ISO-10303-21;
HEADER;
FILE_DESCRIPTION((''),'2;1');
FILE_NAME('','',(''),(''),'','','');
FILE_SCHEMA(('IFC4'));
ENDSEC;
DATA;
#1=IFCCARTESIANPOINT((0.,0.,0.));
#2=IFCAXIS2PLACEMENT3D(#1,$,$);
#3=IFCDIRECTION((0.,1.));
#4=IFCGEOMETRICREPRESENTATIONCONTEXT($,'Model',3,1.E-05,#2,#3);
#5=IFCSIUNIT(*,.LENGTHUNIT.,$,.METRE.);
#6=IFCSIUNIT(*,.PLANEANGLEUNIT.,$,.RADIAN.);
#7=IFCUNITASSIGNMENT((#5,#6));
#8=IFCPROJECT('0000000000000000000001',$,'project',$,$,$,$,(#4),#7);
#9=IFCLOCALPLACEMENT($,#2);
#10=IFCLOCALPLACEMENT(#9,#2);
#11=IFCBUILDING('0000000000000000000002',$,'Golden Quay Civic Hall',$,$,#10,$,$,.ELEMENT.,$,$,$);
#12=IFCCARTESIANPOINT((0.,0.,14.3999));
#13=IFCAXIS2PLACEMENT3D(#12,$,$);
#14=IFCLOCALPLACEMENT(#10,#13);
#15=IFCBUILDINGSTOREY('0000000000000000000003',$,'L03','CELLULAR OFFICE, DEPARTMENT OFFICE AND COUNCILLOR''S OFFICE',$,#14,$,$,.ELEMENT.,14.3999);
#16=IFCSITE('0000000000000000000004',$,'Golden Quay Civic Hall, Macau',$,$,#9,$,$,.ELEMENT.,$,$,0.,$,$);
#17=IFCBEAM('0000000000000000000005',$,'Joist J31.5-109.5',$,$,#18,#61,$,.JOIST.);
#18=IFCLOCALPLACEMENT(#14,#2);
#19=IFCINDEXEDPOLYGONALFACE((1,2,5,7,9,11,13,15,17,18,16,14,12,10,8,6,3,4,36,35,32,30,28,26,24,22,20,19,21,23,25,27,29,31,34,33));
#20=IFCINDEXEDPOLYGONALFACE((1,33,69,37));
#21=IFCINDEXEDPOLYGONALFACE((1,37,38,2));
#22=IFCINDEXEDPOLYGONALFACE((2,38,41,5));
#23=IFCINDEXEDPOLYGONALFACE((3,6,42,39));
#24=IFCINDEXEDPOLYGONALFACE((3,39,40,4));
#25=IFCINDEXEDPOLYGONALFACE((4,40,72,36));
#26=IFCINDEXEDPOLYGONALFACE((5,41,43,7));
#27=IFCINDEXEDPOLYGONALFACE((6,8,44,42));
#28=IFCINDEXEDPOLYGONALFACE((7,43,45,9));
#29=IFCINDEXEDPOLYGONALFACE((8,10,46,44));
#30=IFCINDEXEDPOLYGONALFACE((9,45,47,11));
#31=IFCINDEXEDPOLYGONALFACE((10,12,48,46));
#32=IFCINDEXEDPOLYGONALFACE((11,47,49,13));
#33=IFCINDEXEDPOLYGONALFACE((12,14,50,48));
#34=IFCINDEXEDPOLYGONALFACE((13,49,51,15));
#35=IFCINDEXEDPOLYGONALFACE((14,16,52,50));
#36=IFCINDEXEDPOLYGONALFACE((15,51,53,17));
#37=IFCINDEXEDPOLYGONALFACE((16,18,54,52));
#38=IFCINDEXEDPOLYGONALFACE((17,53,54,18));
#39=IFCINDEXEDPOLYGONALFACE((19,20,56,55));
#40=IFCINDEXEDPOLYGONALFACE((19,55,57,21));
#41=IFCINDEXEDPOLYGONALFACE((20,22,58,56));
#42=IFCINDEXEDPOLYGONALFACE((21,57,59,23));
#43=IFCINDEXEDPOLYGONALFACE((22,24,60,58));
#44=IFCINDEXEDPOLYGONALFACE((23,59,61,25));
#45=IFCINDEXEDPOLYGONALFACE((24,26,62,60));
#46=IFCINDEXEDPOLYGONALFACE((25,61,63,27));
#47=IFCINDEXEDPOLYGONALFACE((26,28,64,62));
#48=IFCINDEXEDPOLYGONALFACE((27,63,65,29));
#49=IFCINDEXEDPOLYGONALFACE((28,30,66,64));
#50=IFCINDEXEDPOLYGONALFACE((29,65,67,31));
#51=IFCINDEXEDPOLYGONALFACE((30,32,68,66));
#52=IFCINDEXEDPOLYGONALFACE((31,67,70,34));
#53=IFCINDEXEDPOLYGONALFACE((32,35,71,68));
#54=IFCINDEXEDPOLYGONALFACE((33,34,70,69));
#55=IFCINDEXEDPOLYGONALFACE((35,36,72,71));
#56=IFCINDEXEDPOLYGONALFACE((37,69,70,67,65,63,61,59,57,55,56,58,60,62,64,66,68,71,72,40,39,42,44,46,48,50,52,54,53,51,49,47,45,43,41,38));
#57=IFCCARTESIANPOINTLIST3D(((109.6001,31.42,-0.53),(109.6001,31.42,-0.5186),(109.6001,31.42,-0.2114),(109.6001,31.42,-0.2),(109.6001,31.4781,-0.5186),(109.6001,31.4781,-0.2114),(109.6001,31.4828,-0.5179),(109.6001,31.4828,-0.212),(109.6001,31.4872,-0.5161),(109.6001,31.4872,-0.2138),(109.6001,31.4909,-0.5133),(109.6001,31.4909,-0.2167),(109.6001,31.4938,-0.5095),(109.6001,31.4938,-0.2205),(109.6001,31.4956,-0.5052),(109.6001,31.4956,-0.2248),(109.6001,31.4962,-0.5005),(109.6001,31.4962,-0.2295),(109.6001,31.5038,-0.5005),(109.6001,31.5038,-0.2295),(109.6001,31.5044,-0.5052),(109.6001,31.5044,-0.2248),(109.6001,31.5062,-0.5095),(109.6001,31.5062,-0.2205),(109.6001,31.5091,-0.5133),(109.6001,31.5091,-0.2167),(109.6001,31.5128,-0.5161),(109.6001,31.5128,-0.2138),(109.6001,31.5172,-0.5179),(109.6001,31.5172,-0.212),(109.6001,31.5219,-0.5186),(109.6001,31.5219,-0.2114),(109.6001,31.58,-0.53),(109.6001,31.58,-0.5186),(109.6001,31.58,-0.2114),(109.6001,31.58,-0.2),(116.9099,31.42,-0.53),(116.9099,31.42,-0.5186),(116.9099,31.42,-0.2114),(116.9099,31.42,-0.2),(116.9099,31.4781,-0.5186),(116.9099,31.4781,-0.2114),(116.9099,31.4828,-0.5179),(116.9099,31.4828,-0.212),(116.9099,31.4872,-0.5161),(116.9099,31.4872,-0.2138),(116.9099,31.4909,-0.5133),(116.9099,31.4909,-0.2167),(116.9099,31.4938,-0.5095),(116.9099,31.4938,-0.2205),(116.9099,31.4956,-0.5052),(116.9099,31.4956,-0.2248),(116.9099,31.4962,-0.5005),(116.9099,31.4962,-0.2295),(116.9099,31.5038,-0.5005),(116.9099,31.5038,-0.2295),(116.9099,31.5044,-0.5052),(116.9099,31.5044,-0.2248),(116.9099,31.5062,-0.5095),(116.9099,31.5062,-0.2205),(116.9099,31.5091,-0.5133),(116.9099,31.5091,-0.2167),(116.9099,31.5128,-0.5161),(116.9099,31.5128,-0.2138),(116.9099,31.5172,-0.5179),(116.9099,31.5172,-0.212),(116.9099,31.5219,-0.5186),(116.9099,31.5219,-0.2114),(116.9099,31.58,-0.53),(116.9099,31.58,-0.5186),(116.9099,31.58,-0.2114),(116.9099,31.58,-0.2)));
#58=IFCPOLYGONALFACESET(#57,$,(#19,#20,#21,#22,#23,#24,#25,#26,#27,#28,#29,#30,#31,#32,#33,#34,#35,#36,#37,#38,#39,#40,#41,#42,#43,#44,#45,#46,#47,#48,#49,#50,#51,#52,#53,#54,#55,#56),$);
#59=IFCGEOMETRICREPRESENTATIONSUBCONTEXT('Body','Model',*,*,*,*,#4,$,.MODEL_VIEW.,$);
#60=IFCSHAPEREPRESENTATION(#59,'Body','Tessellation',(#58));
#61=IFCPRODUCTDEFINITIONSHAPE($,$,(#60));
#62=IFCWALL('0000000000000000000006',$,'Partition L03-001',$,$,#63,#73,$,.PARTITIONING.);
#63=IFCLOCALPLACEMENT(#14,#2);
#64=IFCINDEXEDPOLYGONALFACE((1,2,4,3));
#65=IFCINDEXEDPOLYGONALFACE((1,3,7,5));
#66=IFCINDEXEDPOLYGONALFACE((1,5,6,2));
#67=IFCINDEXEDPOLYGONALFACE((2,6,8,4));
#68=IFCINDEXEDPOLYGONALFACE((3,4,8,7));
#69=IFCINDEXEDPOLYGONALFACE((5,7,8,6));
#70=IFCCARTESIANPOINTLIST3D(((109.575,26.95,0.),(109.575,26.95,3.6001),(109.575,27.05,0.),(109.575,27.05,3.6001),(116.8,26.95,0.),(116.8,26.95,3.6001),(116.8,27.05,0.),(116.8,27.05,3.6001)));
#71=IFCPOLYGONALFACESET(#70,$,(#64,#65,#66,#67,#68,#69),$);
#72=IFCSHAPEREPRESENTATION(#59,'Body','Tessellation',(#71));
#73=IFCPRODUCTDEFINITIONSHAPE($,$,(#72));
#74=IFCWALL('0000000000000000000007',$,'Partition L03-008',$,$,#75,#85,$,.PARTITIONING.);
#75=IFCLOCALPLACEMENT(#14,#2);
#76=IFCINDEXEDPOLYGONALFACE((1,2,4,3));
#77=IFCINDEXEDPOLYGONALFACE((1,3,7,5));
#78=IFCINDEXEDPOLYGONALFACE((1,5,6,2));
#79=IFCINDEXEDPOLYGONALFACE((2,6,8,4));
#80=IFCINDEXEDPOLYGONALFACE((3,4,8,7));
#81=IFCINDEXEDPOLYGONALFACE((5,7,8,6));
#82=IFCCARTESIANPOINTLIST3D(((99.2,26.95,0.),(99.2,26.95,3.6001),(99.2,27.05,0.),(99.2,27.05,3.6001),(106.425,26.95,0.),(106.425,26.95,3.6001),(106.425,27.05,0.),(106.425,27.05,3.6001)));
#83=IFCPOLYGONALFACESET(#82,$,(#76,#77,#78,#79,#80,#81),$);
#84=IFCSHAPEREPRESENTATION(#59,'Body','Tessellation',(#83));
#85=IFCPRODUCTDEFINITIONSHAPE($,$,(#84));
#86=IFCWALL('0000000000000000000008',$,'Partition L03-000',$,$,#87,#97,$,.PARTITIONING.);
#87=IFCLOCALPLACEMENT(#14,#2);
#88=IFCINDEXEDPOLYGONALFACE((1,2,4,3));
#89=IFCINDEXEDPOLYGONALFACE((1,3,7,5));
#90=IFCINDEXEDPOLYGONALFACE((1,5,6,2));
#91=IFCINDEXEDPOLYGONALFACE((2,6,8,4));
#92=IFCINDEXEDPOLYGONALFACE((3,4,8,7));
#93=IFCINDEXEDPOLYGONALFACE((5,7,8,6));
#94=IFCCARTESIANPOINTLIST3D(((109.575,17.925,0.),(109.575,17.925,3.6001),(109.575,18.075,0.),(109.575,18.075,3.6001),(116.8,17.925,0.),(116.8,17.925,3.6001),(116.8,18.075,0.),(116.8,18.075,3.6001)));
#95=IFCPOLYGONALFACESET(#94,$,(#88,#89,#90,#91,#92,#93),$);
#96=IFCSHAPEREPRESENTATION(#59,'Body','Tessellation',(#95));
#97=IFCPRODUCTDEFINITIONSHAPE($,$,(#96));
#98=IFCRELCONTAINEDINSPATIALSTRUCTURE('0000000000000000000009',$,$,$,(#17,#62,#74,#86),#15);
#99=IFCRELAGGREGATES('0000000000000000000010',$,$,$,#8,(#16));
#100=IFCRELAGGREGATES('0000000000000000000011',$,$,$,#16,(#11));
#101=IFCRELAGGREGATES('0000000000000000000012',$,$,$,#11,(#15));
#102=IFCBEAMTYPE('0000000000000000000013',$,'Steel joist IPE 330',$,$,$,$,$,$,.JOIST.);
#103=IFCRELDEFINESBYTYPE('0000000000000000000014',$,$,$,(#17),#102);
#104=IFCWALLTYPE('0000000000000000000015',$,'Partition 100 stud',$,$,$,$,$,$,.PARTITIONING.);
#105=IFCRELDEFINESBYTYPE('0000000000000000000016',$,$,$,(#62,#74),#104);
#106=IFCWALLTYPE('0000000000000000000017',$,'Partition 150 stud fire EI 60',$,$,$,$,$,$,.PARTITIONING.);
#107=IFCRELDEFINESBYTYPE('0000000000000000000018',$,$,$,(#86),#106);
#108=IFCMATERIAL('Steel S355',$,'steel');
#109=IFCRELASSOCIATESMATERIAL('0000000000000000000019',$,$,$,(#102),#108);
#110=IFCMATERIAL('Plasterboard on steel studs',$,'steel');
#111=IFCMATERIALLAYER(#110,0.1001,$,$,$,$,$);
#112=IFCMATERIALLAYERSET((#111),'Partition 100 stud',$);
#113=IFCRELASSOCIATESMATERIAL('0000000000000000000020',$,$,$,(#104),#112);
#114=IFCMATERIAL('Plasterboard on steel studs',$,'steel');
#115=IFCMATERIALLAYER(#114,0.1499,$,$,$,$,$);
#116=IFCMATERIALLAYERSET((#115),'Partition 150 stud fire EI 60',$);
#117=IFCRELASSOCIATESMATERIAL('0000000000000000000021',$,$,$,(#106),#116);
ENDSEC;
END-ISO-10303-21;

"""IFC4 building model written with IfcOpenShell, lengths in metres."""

from ifc_helpers import new_model, si_unit, direction, frame, frame_2d, origin, origin_2d, place, context, subcontext, project, spatial, rectangle, i_section, extrude, material, layer, layer_set, material_profile, profile_set, type_object, element, save


model = new_model("IFC4")

# Units and contexts
model_context = context("Model", 3, precision=1e-05, world=origin(), true_north=direction((0.0, 1.0)))
body_context = subcontext(model_context, "Body", "Model", "MODEL_VIEW")
ifc_project = project(units=[si_unit("LENGTHUNIT", "METRE"), si_unit("PLANEANGLEUNIT", "RADIAN")], contexts=[model_context])

# Site, building, storey
site_placement = place(None, origin())
site = spatial("IfcSite", under=ifc_project, at=site_placement, Name="Golden Quay Civic Hall, Macau", CompositionType="ELEMENT", RefElevation=0.0)
building_placement = place(site_placement, origin())
building = spatial("IfcBuilding", under=site, at=building_placement, Name="Golden Quay Civic Hall", CompositionType="ELEMENT")
storey_placement = place(building_placement, frame((0.0, 0.0, 14.3999)))
storey = spatial("IfcBuildingStorey", under=building, at=storey_placement, Name="L03", Description="CELLULAR OFFICE, DEPARTMENT OFFICE AND COUNCILLOR'S OFFICE", CompositionType="ELEMENT", Elevation=14.3999)

# Beam
ifc_material_1 = material(Name="Steel S355", Category="steel")
ifc_material_profile_1 = material_profile(ifc_material_1, i_section(OverallWidth=0.1599, OverallDepth=0.3301, WebThickness=0.0076, FlangeThickness=0.0115, FilletRadius=0.0181, at=origin_2d()), Name="IPE 330")
ifc_profile_set_1 = profile_set([ifc_material_profile_1], Name="Steel S355")
beam_type_1 = type_object("IfcBeamType", Name="Steel joist IPE 330", PredefinedType="JOIST", material=ifc_profile_set_1)
for number, where, z_axis, x_axis, name in (
    (1, (109.6001, 31.5, -0.365), (1.0, 0.0, 0.0), (0.0, 1.0, 0.0), "Joist J31.5-109.5"),
):
    element("IfcBeam", number, at=place(storey_placement, frame(where, z_axis=z_axis, x_axis=x_axis)), inside=storey, type_object=beam_type_1, Name=name, PredefinedType="JOIST", context=body_context, shape_type="SweptSolid", body=[
        extrude(i_section(OverallWidth=0.1599, OverallDepth=0.3301, WebThickness=0.0076, FlangeThickness=0.0115, FilletRadius=0.0181, at=origin_2d()), origin(), (0.0, 0.0, 1.0), 7.3098),
    ])

# Walls
ifc_material_2 = material(Name="Plasterboard on steel studs", Category="steel")
ifc_layer_1 = layer(ifc_material_2, 0.1001)
ifc_layer_set_1 = layer_set([ifc_layer_1], Name="Partition 100 stud")
wall_type_1 = type_object("IfcWallType", Name="Partition 100 stud", PredefinedType="PARTITIONING", material=ifc_layer_set_1)
for number, where, z_axis, x_axis, name in (
    (2, (109.575, 27.0, 0.0), (0.0, 0.0, 1.0), (1.0, 0.0, 0.0), "Partition L03-001"),
    (3, (99.2, 27.0, 0.0), (0.0, 0.0, 1.0), (1.0, 0.0, 0.0), "Partition L03-008"),
):
    element("IfcWall", number, at=place(storey_placement, frame(where, z_axis=z_axis, x_axis=x_axis)), inside=storey, type_object=wall_type_1, Name=name, PredefinedType="PARTITIONING", context=body_context, shape_type="SweptSolid", body=[
        extrude(rectangle(XDim=7.2251, YDim=0.1001, at=frame_2d((3.6125, 0.0))), origin(), (0.0, 0.0, 1.0), 3.6001),
    ])
ifc_material_3 = material(Name="Plasterboard on steel studs", Category="steel")
ifc_layer_2 = layer(ifc_material_3, 0.1499)
ifc_layer_set_2 = layer_set([ifc_layer_2], Name="Partition 150 stud fire EI 60")
wall_type_2 = type_object("IfcWallType", Name="Partition 150 stud fire EI 60", PredefinedType="PARTITIONING", material=ifc_layer_set_2)
wall_placement = place(storey_placement, frame((109.575, 18.0, 0.0), z_axis=(0.0, 0.0, 1.0), x_axis=(1.0, 0.0, 0.0)))
element("IfcWall", 4, at=wall_placement, inside=storey, type_object=wall_type_2, Name="Partition L03-000", PredefinedType="PARTITIONING", context=body_context, shape_type="SweptSolid", body=[
    extrude(rectangle(XDim=7.2251, YDim=0.1499, at=frame_2d((3.6125, 0.0))), origin(), (0.0, 0.0, 1.0), 3.6001),
])

save(model, "model.ifc")
